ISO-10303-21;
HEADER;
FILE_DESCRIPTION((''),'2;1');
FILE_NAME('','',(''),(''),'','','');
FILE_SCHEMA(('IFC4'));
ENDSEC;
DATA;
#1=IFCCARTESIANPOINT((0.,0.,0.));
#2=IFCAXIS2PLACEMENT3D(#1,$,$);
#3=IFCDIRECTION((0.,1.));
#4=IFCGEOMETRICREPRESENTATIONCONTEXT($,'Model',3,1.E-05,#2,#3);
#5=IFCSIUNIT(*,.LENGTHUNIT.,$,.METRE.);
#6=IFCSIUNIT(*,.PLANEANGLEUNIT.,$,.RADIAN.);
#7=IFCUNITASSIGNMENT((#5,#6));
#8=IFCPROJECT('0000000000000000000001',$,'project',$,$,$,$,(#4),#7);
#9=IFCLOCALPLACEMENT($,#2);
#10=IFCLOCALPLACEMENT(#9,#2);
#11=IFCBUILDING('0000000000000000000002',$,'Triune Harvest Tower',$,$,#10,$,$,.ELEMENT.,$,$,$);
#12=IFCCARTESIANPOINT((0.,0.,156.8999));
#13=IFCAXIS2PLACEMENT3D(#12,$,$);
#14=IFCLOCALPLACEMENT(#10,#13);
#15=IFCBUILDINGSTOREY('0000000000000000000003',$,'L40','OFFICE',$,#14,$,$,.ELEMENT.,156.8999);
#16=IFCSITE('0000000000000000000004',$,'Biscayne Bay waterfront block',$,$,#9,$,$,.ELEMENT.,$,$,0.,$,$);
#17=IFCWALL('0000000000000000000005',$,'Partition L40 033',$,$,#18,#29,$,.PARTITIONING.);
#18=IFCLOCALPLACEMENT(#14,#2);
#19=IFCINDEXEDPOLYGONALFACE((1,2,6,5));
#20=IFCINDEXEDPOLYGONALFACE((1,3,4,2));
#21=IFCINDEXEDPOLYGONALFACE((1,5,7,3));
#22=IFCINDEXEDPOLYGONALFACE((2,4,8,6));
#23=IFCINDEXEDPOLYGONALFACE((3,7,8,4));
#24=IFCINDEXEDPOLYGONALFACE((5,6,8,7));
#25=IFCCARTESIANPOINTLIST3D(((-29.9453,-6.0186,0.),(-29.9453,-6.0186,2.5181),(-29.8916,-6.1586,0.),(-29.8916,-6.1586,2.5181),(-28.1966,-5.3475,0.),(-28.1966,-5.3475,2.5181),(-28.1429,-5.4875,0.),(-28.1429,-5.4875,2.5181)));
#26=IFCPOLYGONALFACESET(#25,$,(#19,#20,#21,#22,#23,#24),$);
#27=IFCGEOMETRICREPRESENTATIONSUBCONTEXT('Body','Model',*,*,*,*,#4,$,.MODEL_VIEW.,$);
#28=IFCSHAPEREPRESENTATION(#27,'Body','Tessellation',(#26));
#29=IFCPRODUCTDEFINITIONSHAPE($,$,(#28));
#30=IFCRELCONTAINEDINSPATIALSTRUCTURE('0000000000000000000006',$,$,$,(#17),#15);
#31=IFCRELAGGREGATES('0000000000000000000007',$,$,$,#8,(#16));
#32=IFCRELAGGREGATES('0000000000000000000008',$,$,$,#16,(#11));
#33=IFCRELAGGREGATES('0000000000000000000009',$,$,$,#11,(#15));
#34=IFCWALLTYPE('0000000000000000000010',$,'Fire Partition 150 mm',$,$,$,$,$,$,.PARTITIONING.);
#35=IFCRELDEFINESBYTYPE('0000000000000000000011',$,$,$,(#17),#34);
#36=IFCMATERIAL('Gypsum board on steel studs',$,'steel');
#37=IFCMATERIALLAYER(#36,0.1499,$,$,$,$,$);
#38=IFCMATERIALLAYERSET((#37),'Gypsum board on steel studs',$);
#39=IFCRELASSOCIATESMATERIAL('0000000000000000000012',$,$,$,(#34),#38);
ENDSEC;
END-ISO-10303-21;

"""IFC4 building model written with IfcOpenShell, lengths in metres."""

from ifc_helpers import new_model, si_unit, direction, frame, frame_2d, origin, place, context, subcontext, project, spatial, rectangle, extrude, source, transform, mapped, material, layer, layer_set, type_object, element, save


model = new_model("IFC4")

# Units and contexts
model_context = context("Model", 3, precision=1e-05, world=origin(), true_north=direction((0.0, 1.0)))
body_context = subcontext(model_context, "Body", "Model", "MODEL_VIEW")
ifc_project = project(units=[si_unit("LENGTHUNIT", "METRE"), si_unit("PLANEANGLEUNIT", "RADIAN")], contexts=[model_context])

# Site, building, storey
site_placement = place(None, origin())
site = spatial("IfcSite", under=ifc_project, at=site_placement, Name="Biscayne Bay waterfront block", CompositionType="ELEMENT", RefElevation=0.0)
building_placement = place(site_placement, origin())
building = spatial("IfcBuilding", under=site, at=building_placement, Name="Triune Harvest Tower", CompositionType="ELEMENT")
storey_placement = place(building_placement, frame((0.0, 0.0, 156.8999)))
storey = spatial("IfcBuildingStorey", under=building, at=storey_placement, Name="L40", Description="OFFICE", CompositionType="ELEMENT", Elevation=156.8999)

# Shared definitions
ifc_material_1 = material(Name="Gypsum board on steel studs", Category="steel")
ifc_layer_1 = layer(ifc_material_1, 0.1499)
ifc_layer_set_1 = layer_set([ifc_layer_1], Name="Gypsum board on steel studs")
wall_type_1 = type_object("IfcWallType", Name="Fire Partition 150 mm", PredefinedType="PARTITIONING", material=ifc_layer_set_1)

# Wall
shared_shape_1 = source(origin(), body_context, "Body", "SweptSolid", [
    extrude(rectangle(XDim=1.873, YDim=0.1499, at=frame_2d((0.9365, 0.0))), origin(), (0.0, 0.0, 1.0), 2.5181),
])
wall_1_placement = place(storey_placement, frame((-29.9185, -6.0886, 0.0), z_axis=(0.0, 0.0, 1.0), x_axis=(0.933607, 0.358298, 0.0)))
element("IfcWall", 1, at=wall_1_placement, inside=storey, type_object=wall_type_1, Name="Partition L40 033", PredefinedType="PARTITIONING", context=body_context, shape_type="MappedRepresentation", body=[
    mapped(shared_shape_1, transform((0.0, 0.0, 0.0), scale=1.0)),
])

save(model, "model.ifc")
